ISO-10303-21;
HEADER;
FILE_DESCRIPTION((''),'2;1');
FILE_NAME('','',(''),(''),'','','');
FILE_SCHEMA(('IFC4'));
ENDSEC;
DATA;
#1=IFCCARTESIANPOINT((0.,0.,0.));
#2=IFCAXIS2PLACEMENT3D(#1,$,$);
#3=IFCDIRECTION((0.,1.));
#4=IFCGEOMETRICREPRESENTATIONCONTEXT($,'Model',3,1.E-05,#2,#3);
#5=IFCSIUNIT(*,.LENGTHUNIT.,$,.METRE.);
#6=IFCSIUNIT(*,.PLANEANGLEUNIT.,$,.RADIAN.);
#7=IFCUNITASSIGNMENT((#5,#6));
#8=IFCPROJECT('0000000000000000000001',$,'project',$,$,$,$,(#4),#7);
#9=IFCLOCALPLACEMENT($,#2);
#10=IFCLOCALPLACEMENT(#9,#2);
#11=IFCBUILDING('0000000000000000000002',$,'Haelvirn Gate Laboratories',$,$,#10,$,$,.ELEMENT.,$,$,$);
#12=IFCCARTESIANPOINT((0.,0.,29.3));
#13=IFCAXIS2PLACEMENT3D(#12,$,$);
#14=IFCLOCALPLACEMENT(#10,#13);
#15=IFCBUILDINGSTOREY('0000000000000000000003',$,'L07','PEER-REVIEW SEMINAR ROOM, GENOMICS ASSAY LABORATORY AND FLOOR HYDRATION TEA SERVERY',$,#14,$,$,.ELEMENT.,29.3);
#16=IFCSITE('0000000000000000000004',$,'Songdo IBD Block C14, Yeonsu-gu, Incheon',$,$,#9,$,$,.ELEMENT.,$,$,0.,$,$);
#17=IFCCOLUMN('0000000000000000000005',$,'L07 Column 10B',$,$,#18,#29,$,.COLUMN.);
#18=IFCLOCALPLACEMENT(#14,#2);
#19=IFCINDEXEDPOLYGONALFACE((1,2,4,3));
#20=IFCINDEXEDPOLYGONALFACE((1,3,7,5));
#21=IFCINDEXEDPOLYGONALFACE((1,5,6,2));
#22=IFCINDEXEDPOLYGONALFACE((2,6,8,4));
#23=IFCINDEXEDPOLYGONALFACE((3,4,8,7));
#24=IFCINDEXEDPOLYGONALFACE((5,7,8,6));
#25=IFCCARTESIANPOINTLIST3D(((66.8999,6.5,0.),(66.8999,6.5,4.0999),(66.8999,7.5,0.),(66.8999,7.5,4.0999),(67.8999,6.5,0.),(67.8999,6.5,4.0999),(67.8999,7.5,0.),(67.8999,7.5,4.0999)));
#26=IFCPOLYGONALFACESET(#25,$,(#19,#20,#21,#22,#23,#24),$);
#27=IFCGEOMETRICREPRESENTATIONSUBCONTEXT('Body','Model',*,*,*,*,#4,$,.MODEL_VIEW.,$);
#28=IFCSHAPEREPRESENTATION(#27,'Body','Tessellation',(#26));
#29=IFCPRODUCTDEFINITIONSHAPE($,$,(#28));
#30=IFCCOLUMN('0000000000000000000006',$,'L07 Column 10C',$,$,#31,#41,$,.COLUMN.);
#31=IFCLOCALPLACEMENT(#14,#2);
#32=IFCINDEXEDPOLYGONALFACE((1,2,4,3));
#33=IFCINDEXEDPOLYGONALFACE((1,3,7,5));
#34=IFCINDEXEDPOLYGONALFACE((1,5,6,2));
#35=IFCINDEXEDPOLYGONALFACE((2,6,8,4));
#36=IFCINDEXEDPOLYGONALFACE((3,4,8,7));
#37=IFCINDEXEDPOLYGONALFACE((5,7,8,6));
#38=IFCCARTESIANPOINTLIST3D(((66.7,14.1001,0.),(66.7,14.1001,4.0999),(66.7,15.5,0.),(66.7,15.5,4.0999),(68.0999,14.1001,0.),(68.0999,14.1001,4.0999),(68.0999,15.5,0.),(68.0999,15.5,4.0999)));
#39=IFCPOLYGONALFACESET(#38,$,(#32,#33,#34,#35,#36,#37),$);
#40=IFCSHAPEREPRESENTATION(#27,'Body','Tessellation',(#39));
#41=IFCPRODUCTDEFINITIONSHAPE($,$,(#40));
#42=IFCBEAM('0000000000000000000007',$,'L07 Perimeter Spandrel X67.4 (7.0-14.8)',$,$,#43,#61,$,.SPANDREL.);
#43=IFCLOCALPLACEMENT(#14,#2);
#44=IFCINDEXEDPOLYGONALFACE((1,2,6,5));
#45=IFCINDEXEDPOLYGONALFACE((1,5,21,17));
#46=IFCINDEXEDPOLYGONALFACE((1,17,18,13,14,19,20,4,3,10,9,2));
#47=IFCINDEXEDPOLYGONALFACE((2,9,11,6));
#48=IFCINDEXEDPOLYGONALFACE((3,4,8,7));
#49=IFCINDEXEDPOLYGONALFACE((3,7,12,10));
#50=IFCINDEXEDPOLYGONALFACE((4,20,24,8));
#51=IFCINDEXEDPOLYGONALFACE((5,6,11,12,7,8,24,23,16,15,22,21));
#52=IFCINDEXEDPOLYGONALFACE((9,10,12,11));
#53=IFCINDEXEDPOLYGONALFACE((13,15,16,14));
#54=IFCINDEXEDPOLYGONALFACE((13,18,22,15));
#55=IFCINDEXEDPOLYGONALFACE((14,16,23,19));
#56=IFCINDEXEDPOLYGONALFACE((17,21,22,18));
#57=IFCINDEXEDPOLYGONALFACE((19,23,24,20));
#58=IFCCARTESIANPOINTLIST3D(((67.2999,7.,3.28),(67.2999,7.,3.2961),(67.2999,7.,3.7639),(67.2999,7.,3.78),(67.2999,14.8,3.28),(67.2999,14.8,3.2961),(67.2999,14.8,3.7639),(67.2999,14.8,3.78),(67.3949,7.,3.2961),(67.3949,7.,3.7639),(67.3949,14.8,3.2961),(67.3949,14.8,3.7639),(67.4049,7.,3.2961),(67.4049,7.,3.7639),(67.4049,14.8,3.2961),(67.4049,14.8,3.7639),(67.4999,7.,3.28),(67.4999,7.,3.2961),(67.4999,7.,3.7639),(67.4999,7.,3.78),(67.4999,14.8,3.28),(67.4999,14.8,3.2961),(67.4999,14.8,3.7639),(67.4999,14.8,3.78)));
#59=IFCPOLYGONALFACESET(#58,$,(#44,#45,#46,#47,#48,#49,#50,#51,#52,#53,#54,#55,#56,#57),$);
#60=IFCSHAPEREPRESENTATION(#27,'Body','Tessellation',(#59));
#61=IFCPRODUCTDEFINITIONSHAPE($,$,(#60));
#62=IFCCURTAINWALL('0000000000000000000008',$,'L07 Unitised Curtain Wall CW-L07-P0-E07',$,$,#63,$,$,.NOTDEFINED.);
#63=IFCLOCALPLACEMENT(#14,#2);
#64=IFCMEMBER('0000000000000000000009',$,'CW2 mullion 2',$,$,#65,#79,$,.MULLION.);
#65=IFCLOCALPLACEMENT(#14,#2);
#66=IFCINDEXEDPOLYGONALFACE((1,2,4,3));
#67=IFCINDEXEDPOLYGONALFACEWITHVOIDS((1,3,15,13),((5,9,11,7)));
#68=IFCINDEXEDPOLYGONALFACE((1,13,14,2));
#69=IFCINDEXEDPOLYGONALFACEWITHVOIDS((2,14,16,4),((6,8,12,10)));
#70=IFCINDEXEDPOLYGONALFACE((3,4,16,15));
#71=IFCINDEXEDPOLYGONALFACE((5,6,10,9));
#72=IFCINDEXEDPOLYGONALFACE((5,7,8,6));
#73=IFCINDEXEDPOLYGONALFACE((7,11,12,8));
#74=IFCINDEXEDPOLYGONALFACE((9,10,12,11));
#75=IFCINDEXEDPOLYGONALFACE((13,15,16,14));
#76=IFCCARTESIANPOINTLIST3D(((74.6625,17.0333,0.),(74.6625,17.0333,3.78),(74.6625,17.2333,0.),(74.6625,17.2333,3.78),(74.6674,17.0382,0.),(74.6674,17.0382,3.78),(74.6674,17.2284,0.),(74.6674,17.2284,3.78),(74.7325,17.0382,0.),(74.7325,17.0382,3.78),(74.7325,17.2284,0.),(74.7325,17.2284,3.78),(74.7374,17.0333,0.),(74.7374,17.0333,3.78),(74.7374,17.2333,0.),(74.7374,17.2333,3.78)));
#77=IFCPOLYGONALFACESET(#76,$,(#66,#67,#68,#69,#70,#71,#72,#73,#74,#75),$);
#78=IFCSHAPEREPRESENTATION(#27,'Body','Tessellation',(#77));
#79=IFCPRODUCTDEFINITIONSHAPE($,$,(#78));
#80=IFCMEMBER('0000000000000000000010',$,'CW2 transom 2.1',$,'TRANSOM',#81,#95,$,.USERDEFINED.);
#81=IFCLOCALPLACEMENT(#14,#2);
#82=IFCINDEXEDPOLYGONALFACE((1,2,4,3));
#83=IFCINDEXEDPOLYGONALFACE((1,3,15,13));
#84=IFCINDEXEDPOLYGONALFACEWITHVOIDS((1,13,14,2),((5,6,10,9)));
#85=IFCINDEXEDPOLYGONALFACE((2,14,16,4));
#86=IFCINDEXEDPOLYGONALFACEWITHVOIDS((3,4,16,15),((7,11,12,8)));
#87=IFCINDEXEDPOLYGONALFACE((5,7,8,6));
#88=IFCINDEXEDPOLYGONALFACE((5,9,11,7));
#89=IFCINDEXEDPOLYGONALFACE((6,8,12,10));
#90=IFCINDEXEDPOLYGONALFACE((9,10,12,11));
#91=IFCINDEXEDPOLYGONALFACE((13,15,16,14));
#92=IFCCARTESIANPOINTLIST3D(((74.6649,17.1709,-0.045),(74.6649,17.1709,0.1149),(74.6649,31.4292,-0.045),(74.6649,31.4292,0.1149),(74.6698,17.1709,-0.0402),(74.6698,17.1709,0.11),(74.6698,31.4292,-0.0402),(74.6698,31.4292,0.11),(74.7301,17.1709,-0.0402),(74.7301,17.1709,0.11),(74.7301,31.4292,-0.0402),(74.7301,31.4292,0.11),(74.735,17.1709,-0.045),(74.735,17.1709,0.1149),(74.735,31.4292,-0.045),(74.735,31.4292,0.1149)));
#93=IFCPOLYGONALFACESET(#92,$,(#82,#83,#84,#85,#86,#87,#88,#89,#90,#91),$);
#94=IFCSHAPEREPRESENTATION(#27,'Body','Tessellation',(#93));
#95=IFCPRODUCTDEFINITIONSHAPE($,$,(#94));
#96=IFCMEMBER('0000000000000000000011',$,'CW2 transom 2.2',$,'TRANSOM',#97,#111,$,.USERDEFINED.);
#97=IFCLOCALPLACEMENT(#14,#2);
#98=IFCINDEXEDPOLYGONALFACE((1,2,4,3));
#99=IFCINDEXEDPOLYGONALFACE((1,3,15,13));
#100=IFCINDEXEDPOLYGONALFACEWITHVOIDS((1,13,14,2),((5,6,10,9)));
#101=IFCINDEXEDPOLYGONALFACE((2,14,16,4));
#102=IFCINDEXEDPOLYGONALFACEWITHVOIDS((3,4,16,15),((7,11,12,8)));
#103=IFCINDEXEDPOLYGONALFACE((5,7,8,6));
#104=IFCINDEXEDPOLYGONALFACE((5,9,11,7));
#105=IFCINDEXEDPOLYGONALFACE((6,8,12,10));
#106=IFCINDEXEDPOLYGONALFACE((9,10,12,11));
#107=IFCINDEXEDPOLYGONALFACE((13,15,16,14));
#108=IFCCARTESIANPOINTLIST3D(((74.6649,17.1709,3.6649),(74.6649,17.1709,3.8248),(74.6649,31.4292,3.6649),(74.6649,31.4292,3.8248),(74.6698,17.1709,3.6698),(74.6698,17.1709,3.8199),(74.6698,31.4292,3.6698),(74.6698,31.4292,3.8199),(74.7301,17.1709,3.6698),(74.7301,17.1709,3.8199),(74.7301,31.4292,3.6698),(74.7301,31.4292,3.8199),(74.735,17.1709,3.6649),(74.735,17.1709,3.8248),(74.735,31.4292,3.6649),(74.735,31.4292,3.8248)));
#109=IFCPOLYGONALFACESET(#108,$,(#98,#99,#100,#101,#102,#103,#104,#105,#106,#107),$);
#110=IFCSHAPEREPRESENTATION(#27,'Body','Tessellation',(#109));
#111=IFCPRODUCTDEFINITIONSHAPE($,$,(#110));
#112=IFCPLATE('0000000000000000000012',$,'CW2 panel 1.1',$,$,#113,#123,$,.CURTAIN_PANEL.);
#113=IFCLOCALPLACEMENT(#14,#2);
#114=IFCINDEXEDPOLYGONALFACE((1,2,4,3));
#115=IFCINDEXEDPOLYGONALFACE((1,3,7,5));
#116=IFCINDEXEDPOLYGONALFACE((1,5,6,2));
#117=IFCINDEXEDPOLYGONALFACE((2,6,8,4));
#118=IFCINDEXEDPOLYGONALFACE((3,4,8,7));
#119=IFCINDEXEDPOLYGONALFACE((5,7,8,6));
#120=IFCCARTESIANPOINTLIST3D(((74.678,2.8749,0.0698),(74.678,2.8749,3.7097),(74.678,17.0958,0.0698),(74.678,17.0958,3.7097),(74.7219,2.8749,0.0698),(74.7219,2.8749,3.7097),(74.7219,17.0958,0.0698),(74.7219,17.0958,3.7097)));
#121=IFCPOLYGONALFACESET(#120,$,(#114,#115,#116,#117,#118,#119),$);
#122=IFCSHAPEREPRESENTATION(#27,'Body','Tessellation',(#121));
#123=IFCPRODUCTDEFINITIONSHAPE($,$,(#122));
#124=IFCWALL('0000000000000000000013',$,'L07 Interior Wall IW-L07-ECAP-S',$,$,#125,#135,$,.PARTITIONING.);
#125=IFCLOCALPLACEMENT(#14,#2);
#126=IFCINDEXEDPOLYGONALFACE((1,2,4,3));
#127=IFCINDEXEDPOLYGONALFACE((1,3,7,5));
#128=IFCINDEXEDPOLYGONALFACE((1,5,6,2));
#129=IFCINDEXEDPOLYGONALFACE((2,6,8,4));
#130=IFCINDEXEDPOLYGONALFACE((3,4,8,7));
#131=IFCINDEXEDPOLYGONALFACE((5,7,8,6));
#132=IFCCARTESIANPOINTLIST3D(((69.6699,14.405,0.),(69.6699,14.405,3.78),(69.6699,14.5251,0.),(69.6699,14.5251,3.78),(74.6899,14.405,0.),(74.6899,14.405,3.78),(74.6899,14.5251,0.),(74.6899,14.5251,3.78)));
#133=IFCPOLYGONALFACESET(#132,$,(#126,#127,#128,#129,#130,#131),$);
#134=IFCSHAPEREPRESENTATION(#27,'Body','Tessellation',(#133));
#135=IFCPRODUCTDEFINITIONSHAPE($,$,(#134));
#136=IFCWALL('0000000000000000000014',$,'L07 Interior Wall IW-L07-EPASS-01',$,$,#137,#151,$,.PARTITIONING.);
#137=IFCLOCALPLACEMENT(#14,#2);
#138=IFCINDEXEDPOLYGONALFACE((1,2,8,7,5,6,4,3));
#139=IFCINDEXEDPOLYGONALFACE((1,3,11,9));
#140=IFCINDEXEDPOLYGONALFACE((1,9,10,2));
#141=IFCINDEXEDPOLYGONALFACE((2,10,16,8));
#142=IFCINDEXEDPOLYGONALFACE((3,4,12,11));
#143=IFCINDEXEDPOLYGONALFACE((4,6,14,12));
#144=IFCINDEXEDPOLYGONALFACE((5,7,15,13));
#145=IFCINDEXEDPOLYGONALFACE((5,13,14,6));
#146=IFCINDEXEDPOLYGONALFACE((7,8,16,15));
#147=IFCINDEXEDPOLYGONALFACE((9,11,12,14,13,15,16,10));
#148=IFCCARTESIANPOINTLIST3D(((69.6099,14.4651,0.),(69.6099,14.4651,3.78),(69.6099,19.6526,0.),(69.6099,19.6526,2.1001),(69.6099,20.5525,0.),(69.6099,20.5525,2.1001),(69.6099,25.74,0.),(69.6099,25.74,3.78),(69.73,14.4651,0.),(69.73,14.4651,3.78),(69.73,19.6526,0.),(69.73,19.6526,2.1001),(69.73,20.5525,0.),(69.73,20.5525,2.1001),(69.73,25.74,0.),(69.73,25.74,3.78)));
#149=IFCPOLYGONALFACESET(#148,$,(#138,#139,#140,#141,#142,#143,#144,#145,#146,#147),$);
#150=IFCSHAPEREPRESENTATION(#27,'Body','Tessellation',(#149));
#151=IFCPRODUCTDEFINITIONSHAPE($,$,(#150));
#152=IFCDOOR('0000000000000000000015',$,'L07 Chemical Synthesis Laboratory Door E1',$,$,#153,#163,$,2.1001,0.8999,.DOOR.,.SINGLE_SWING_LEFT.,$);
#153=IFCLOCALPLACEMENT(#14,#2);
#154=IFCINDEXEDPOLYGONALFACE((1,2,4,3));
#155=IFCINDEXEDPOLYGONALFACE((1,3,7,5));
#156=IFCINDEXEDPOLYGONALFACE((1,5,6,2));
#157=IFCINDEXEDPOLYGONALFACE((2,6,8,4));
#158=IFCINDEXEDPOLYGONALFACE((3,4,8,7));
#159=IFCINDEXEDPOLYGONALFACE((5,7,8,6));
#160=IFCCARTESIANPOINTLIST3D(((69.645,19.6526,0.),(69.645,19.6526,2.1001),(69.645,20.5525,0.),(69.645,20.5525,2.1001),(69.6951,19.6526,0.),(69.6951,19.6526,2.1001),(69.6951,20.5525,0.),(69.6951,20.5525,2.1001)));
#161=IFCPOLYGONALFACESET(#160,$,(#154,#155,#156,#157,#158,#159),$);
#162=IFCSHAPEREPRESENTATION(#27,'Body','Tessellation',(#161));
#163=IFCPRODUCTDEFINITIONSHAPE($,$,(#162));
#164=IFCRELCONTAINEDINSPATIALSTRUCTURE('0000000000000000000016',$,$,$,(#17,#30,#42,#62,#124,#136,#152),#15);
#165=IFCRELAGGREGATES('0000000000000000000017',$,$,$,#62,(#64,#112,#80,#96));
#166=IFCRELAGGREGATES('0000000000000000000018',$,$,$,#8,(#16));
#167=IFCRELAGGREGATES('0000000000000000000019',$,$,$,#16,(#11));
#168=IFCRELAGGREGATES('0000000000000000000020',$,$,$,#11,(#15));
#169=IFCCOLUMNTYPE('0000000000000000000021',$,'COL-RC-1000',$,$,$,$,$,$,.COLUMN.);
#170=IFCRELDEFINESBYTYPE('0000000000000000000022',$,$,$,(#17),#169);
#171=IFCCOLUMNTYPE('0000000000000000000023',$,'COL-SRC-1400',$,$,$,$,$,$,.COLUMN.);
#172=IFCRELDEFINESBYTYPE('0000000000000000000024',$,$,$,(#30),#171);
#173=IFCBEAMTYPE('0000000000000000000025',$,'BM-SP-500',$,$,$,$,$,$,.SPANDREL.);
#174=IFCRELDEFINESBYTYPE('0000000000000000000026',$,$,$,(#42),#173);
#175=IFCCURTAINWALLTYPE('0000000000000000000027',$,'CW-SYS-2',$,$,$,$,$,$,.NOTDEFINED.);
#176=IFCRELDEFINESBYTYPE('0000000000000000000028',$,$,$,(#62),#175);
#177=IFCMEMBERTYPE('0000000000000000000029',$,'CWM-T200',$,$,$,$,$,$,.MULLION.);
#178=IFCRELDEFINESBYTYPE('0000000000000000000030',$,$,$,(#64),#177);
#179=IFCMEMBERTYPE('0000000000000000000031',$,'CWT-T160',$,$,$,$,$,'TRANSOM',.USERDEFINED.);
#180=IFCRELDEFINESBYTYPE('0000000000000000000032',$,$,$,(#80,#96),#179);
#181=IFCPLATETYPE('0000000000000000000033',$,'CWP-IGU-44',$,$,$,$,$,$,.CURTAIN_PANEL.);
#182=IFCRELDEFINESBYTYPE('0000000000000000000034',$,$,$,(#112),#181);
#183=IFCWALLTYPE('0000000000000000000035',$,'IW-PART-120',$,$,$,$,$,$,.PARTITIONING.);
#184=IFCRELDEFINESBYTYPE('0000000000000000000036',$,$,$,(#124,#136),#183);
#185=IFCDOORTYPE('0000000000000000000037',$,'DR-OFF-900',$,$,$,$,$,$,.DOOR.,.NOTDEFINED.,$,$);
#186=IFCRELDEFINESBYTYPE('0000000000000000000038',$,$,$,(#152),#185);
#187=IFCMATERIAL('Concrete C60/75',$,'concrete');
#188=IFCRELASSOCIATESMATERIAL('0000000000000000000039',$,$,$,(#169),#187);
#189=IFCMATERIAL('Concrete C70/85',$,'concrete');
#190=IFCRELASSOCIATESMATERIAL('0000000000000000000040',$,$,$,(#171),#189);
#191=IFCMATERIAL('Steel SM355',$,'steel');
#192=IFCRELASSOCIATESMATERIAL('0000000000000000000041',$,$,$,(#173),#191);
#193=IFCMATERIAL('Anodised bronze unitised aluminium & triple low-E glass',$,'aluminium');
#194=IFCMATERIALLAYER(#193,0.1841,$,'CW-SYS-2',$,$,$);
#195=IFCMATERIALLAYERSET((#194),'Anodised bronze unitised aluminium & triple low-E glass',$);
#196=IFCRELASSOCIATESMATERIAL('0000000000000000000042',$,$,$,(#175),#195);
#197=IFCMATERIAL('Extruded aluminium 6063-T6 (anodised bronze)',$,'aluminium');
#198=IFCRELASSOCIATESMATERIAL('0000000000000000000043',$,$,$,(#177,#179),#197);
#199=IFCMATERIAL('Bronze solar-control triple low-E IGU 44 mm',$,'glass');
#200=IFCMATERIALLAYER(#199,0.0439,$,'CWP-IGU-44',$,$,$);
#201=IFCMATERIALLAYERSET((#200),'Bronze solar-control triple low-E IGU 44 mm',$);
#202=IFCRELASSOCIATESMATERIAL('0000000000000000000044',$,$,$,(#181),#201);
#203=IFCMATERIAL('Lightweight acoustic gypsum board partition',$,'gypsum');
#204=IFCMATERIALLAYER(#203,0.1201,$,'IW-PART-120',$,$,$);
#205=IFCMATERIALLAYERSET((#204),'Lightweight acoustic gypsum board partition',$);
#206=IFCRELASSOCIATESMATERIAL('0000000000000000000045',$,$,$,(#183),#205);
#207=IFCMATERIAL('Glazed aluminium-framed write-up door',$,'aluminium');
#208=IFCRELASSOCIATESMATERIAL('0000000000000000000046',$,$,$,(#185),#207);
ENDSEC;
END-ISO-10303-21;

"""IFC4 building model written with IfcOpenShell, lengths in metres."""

from ifc_helpers import new_model, si_unit, direction, frame, frame_2d, origin, origin_2d, place, context, subcontext, project, spatial, rectangle, hollow_rectangle, i_section, extrude, source, transform, mapped, material, layer, layer_set, material_profile, profile_set, type_object, type_shapes, element, fill, aggregate, save


model = new_model("IFC4")

# Units and contexts
model_context = context("Model", 3, precision=1e-05, world=origin(), true_north=direction((0.0, 1.0)))
body_context = subcontext(model_context, "Body", "Model", "MODEL_VIEW")
ifc_project = project(units=[si_unit("LENGTHUNIT", "METRE"), si_unit("PLANEANGLEUNIT", "RADIAN")], contexts=[model_context])

# Site, building, storey
site_placement = place(None, origin())
site = spatial("IfcSite", under=ifc_project, at=site_placement, Name="Songdo IBD Block C14, Yeonsu-gu, Incheon", CompositionType="ELEMENT", RefElevation=0.0)
building_placement = place(site_placement, origin())
building = spatial("IfcBuilding", under=site, at=building_placement, Name="Haelvirn Gate Laboratories", CompositionType="ELEMENT")
storey_placement = place(building_placement, frame((0.0, 0.0, 29.3)))
storey = spatial("IfcBuildingStorey", under=building, at=storey_placement, Name="L07", Description="PEER-REVIEW SEMINAR ROOM, GENOMICS ASSAY LABORATORY AND FLOOR HYDRATION TEA SERVERY", CompositionType="ELEMENT", Elevation=29.3)

# Columns
ifc_material_1 = material(Name="Concrete C60/75", Category="concrete")
ifc_material_profile_1 = material_profile(ifc_material_1, rectangle(XDim=1.0, YDim=1.0, at=origin_2d()), Name="RC-1000x1000")
ifc_profile_set_1 = profile_set([ifc_material_profile_1], Name="Concrete C60/75")
column_type_1 = type_object("IfcColumnType", Name="COL-RC-1000", PredefinedType="COLUMN", material=ifc_profile_set_1)
shared_shape_1 = source(origin(), body_context, "Body", "SweptSolid", [
    extrude(rectangle(XDim=1.0, YDim=1.0, at=origin_2d()), origin(), (0.0, 0.0, 1.0), 4.0999),
])
type_shapes(column_type_1, [shared_shape_1])
column_1_placement = place(storey_placement, frame((67.3999, 7.0, 0.0), z_axis=(0.0, 0.0, 1.0), x_axis=(1.0, 0.0, 0.0)))
element("IfcColumn", 1, at=column_1_placement, inside=storey, type_object=column_type_1, Name="L07 Column 10B", PredefinedType="COLUMN", context=body_context, shape_type="MappedRepresentation", body=[
    mapped(shared_shape_1, transform((0.0, 0.0, 0.0), scale=1.0)),
])
ifc_material_2 = material(Name="Concrete C70/85", Category="concrete")
ifc_material_profile_2 = material_profile(ifc_material_2, rectangle(XDim=1.3999, YDim=1.3999, at=origin_2d()), Name="SRC-1400x1400")
ifc_profile_set_2 = profile_set([ifc_material_profile_2], Name="Concrete C70/85")
column_type_2 = type_object("IfcColumnType", Name="COL-SRC-1400", PredefinedType="COLUMN", material=ifc_profile_set_2)
shared_shape_2 = source(origin(), body_context, "Body", "SweptSolid", [
    extrude(rectangle(XDim=1.3999, YDim=1.3999, at=origin_2d()), origin(), (0.0, 0.0, 1.0), 4.0999),
])
type_shapes(column_type_2, [shared_shape_2])
column_2_placement = place(storey_placement, frame((67.3999, 14.8, 0.0), z_axis=(0.0, 0.0, 1.0), x_axis=(1.0, 0.0, 0.0)))
element("IfcColumn", 2, at=column_2_placement, inside=storey, type_object=column_type_2, Name="L07 Column 10C", PredefinedType="COLUMN", context=body_context, shape_type="MappedRepresentation", body=[
    mapped(shared_shape_2, transform((0.0, 0.0, 0.0), scale=1.0)),
])

# Beam
ifc_material_3 = material(Name="Steel SM355", Category="steel")
ifc_material_profile_3 = material_profile(ifc_material_3, i_section(OverallWidth=0.2, OverallDepth=0.5, WebThickness=0.01, FlangeThickness=0.0161, at=origin_2d()), Name="H-500x200x10x16")
ifc_profile_set_3 = profile_set([ifc_material_profile_3], Name="Steel SM355")
beam_type = type_object("IfcBeamType", Name="BM-SP-500", PredefinedType="SPANDREL", material=ifc_profile_set_3)
shared_shape_3 = source(origin(), body_context, "Body", "SweptSolid", [
    extrude(i_section(OverallWidth=0.2, OverallDepth=0.5, WebThickness=0.01, FlangeThickness=0.0161, at=origin_2d()), origin(), (0.0, 0.0, 1.0), 7.8),
])
type_shapes(beam_type, [shared_shape_3])
beam_placement = place(storey_placement, frame((67.3999, 7.0, 3.53), z_axis=(0.0, 1.0, 0.0), x_axis=(-1.0, 0.0, 0.0)))
element("IfcBeam", 3, at=beam_placement, inside=storey, type_object=beam_type, Name="L07 Perimeter Spandrel X67.4 (7.0-14.8)", PredefinedType="SPANDREL", context=body_context, shape_type="MappedRepresentation", body=[
    mapped(shared_shape_3, transform((0.0, 0.0, 0.0), scale=1.0)),
])

# Curtain wall, members, plate
ifc_material_4 = material(Name="Anodised bronze unitised aluminium & triple low-E glass", Category="aluminium")
ifc_layer_1 = layer(ifc_material_4, 0.1841, Name="CW-SYS-2")
ifc_layer_set_1 = layer_set([ifc_layer_1], Name="Anodised bronze unitised aluminium & triple low-E glass")
curtain_wall_type = type_object("IfcCurtainWallType", Name="CW-SYS-2", PredefinedType="NOTDEFINED", material=ifc_layer_set_1)
curtain_wall_placement = place(storey_placement, origin())
curtain_wall = element("IfcCurtainWall", 4, at=curtain_wall_placement, inside=storey, type_object=curtain_wall_type, Name="L07 Unitised Curtain Wall CW-L07-P0-E07", PredefinedType="NOTDEFINED")
ifc_material_5 = material(Name="Extruded aluminium 6063-T6 (anodised bronze)", Category="aluminium")
ifc_material_profile_4 = material_profile(ifc_material_5, hollow_rectangle(XDim=0.075, YDim=0.2, WallThickness=0.0049, at=origin_2d()), Name="CWM-200x75x5")
ifc_profile_set_4 = profile_set([ifc_material_profile_4], Name="Extruded aluminium 6063-T6 (anodised bronze)")
member_type_1 = type_object("IfcMemberType", Name="CWM-T200", PredefinedType="MULLION", material=ifc_profile_set_4)
shared_shape_4 = source(origin(), body_context, "Body", "SweptSolid", [
    extrude(hollow_rectangle(XDim=0.075, YDim=0.2, WallThickness=0.0049, at=origin_2d()), origin(), (0.0, 0.0, 1.0), 3.78),
])
type_shapes(member_type_1, [shared_shape_4])
member_1_placement = place(storey_placement, frame((74.7, 17.1333, 0.0), z_axis=(0.0, 0.0, 1.0), x_axis=(-1.0, 0.0, 0.0)))
member_1 = element("IfcMember", 5, at=member_1_placement, type_object=member_type_1, Name="CW2 mullion 2", PredefinedType="MULLION", context=body_context, shape_type="MappedRepresentation", body=[
    mapped(shared_shape_4, transform((0.0, 0.0, 0.0), scale=1.0)),
])
ifc_material_profile_5 = material_profile(ifc_material_5, hollow_rectangle(XDim=0.0701, YDim=0.1599, WallThickness=0.0049, at=origin_2d()), Name="CWT-160x70x5")
ifc_profile_set_5 = profile_set([ifc_material_profile_5], Name="Extruded aluminium 6063-T6 (anodised bronze)")
member_type_2 = type_object("IfcMemberType", Name="CWT-T160", ElementType="TRANSOM", PredefinedType="USERDEFINED", material=ifc_profile_set_5)
shared_shape_5 = source(origin(), body_context, "Body", "SweptSolid", [
    extrude(hollow_rectangle(XDim=0.0701, YDim=0.1599, WallThickness=0.0049, at=origin_2d()), origin(), (0.0, 0.0, 1.0), 14.2583),
])
type_shapes(member_type_2, [shared_shape_5])
member_2_placement = place(storey_placement, frame((74.7, 17.1709, 0.0349), z_axis=(0.0, 1.0, 0.0), x_axis=(-1.0, 0.0, 0.0)))
member_2 = element("IfcMember", 6, at=member_2_placement, type_object=member_type_2, Name="CW2 transom 2.1", ObjectType="TRANSOM", PredefinedType="USERDEFINED", context=body_context, shape_type="MappedRepresentation", body=[
    mapped(shared_shape_5, transform((0.0, 0.0, 0.0), scale=1.0)),
])
member_3_placement = place(storey_placement, frame((74.7, 17.1709, 3.7449), z_axis=(0.0, 1.0, 0.0), x_axis=(-1.0, 0.0, 0.0)))
member_3 = element("IfcMember", 7, at=member_3_placement, type_object=member_type_2, Name="CW2 transom 2.2", ObjectType="TRANSOM", PredefinedType="USERDEFINED", context=body_context, shape_type="MappedRepresentation", body=[
    mapped(shared_shape_5, transform((0.0, 0.0, 0.0), scale=1.0)),
])
ifc_material_6 = material(Name="Bronze solar-control triple low-E IGU 44 mm", Category="glass")
ifc_layer_2 = layer(ifc_material_6, 0.0439, Name="CWP-IGU-44")
ifc_layer_set_2 = layer_set([ifc_layer_2], Name="Bronze solar-control triple low-E IGU 44 mm")
plate_type = type_object("IfcPlateType", Name="CWP-IGU-44", PredefinedType="CURTAIN_PANEL", material=ifc_layer_set_2)
shared_shape_6 = source(origin(), body_context, "Body", "SweptSolid", [
    extrude(rectangle(XDim=14.2209, YDim=0.0439, at=origin_2d()), origin(), (0.0, 0.0, 1.0), 3.6399),
])
type_shapes(plate_type, [shared_shape_6])
plate_placement = place(storey_placement, frame((74.7, 9.9854, 0.0698), z_axis=(0.0, 0.0, 1.0), x_axis=(0.0, 1.0, 0.0)))
plate = element("IfcPlate", 8, at=plate_placement, type_object=plate_type, Name="CW2 panel 1.1", PredefinedType="CURTAIN_PANEL", context=body_context, shape_type="MappedRepresentation", body=[
    mapped(shared_shape_6, transform((0.0, 0.0, 0.0), scale=1.0)),
])
aggregate(curtain_wall, [member_1, plate, member_2, member_3])

# Wall
ifc_material_7 = material(Name="Lightweight acoustic gypsum board partition", Category="gypsum")
ifc_layer_3 = layer(ifc_material_7, 0.1201, Name="IW-PART-120")
ifc_layer_set_3 = layer_set([ifc_layer_3], Name="Lightweight acoustic gypsum board partition")
wall_type_1 = type_object("IfcWallType", Name="IW-PART-120", PredefinedType="PARTITIONING", material=ifc_layer_set_3)
wall_1_placement = place(storey_placement, frame((69.6699, 14.4651, 0.0), z_axis=(0.0, 0.0, 1.0), x_axis=(1.0, 0.0, 0.0)))
element("IfcWall", 9, at=wall_1_placement, inside=storey, type_object=wall_type_1, Name="L07 Interior Wall IW-L07-ECAP-S", PredefinedType="PARTITIONING", context=body_context, shape_type="SweptSolid", body=[
    extrude(rectangle(XDim=5.02, YDim=0.1201, at=frame_2d((2.51, 0.0))), origin(), (0.0, 0.0, 1.0), 3.78),
])

# Wall, opening, door
wall_2_placement = place(storey_placement, frame((69.6699, 14.4651, 0.0), z_axis=(0.0, 0.0, 1.0), x_axis=(0.0, 1.0, 0.0)))
wall_2 = element("IfcWall", 10, at=wall_2_placement, inside=storey, type_object=wall_type_1, Name="L07 Interior Wall IW-L07-EPASS-01", PredefinedType="PARTITIONING", context=body_context, shape_type="SweptSolid", body=[
    extrude(rectangle(XDim=11.2749, YDim=0.1201, at=frame_2d((5.6375, 0.0))), origin(), (0.0, 0.0, 1.0), 3.78),
])
opening_1_placement = place(wall_2_placement, frame((5.1875, 0.0, 0.0)))
opening_1 = element("IfcOpeningElement", 11, at=opening_1_placement, cuts=wall_2, PredefinedType="OPENING", context=body_context, shape_type="SweptSolid", body=[
    extrude(rectangle(XDim=0.8999, YDim=2.1001, at=frame_2d((0.45, 1.05))), frame((0.0, 0.0701, 0.0), z_axis=(0.0, -1.0, 0.0), x_axis=(1.0, 0.0, 0.0)), (0.0, 0.0, 1.0), 0.1401),
])
ifc_material_8 = material(Name="Glazed aluminium-framed write-up door", Category="aluminium")
door_type_1 = type_object("IfcDoorType", Name="DR-OFF-900", OperationType="NOTDEFINED", PredefinedType="DOOR", material=ifc_material_8)
shared_shape_7 = source(origin(), body_context, "Body", "SweptSolid", [
    extrude(rectangle(XDim=0.8999, YDim=2.1001, at=frame_2d((0.45, 1.05))), frame((0.0, 0.0249, 0.0), z_axis=(0.0, -1.0, 0.0), x_axis=(1.0, 0.0, 0.0)), (0.0, 0.0, 1.0), 0.05),
])
type_shapes(door_type_1, [shared_shape_7])
door_1_placement = place(opening_1_placement, origin())
door_1 = element("IfcDoor", 12, at=door_1_placement, inside=storey, type_object=door_type_1, Name="L07 Chemical Synthesis Laboratory Door E1", OperationType="SINGLE_SWING_LEFT", OverallHeight=2.1001, OverallWidth=0.8999, PredefinedType="DOOR", context=body_context, shape_type="MappedRepresentation", body=[
    mapped(shared_shape_7, transform((0.0, 0.0, 0.0), scale=1.0)),
])
fill(opening_1, door_1)

save(model, "model.ifc")
